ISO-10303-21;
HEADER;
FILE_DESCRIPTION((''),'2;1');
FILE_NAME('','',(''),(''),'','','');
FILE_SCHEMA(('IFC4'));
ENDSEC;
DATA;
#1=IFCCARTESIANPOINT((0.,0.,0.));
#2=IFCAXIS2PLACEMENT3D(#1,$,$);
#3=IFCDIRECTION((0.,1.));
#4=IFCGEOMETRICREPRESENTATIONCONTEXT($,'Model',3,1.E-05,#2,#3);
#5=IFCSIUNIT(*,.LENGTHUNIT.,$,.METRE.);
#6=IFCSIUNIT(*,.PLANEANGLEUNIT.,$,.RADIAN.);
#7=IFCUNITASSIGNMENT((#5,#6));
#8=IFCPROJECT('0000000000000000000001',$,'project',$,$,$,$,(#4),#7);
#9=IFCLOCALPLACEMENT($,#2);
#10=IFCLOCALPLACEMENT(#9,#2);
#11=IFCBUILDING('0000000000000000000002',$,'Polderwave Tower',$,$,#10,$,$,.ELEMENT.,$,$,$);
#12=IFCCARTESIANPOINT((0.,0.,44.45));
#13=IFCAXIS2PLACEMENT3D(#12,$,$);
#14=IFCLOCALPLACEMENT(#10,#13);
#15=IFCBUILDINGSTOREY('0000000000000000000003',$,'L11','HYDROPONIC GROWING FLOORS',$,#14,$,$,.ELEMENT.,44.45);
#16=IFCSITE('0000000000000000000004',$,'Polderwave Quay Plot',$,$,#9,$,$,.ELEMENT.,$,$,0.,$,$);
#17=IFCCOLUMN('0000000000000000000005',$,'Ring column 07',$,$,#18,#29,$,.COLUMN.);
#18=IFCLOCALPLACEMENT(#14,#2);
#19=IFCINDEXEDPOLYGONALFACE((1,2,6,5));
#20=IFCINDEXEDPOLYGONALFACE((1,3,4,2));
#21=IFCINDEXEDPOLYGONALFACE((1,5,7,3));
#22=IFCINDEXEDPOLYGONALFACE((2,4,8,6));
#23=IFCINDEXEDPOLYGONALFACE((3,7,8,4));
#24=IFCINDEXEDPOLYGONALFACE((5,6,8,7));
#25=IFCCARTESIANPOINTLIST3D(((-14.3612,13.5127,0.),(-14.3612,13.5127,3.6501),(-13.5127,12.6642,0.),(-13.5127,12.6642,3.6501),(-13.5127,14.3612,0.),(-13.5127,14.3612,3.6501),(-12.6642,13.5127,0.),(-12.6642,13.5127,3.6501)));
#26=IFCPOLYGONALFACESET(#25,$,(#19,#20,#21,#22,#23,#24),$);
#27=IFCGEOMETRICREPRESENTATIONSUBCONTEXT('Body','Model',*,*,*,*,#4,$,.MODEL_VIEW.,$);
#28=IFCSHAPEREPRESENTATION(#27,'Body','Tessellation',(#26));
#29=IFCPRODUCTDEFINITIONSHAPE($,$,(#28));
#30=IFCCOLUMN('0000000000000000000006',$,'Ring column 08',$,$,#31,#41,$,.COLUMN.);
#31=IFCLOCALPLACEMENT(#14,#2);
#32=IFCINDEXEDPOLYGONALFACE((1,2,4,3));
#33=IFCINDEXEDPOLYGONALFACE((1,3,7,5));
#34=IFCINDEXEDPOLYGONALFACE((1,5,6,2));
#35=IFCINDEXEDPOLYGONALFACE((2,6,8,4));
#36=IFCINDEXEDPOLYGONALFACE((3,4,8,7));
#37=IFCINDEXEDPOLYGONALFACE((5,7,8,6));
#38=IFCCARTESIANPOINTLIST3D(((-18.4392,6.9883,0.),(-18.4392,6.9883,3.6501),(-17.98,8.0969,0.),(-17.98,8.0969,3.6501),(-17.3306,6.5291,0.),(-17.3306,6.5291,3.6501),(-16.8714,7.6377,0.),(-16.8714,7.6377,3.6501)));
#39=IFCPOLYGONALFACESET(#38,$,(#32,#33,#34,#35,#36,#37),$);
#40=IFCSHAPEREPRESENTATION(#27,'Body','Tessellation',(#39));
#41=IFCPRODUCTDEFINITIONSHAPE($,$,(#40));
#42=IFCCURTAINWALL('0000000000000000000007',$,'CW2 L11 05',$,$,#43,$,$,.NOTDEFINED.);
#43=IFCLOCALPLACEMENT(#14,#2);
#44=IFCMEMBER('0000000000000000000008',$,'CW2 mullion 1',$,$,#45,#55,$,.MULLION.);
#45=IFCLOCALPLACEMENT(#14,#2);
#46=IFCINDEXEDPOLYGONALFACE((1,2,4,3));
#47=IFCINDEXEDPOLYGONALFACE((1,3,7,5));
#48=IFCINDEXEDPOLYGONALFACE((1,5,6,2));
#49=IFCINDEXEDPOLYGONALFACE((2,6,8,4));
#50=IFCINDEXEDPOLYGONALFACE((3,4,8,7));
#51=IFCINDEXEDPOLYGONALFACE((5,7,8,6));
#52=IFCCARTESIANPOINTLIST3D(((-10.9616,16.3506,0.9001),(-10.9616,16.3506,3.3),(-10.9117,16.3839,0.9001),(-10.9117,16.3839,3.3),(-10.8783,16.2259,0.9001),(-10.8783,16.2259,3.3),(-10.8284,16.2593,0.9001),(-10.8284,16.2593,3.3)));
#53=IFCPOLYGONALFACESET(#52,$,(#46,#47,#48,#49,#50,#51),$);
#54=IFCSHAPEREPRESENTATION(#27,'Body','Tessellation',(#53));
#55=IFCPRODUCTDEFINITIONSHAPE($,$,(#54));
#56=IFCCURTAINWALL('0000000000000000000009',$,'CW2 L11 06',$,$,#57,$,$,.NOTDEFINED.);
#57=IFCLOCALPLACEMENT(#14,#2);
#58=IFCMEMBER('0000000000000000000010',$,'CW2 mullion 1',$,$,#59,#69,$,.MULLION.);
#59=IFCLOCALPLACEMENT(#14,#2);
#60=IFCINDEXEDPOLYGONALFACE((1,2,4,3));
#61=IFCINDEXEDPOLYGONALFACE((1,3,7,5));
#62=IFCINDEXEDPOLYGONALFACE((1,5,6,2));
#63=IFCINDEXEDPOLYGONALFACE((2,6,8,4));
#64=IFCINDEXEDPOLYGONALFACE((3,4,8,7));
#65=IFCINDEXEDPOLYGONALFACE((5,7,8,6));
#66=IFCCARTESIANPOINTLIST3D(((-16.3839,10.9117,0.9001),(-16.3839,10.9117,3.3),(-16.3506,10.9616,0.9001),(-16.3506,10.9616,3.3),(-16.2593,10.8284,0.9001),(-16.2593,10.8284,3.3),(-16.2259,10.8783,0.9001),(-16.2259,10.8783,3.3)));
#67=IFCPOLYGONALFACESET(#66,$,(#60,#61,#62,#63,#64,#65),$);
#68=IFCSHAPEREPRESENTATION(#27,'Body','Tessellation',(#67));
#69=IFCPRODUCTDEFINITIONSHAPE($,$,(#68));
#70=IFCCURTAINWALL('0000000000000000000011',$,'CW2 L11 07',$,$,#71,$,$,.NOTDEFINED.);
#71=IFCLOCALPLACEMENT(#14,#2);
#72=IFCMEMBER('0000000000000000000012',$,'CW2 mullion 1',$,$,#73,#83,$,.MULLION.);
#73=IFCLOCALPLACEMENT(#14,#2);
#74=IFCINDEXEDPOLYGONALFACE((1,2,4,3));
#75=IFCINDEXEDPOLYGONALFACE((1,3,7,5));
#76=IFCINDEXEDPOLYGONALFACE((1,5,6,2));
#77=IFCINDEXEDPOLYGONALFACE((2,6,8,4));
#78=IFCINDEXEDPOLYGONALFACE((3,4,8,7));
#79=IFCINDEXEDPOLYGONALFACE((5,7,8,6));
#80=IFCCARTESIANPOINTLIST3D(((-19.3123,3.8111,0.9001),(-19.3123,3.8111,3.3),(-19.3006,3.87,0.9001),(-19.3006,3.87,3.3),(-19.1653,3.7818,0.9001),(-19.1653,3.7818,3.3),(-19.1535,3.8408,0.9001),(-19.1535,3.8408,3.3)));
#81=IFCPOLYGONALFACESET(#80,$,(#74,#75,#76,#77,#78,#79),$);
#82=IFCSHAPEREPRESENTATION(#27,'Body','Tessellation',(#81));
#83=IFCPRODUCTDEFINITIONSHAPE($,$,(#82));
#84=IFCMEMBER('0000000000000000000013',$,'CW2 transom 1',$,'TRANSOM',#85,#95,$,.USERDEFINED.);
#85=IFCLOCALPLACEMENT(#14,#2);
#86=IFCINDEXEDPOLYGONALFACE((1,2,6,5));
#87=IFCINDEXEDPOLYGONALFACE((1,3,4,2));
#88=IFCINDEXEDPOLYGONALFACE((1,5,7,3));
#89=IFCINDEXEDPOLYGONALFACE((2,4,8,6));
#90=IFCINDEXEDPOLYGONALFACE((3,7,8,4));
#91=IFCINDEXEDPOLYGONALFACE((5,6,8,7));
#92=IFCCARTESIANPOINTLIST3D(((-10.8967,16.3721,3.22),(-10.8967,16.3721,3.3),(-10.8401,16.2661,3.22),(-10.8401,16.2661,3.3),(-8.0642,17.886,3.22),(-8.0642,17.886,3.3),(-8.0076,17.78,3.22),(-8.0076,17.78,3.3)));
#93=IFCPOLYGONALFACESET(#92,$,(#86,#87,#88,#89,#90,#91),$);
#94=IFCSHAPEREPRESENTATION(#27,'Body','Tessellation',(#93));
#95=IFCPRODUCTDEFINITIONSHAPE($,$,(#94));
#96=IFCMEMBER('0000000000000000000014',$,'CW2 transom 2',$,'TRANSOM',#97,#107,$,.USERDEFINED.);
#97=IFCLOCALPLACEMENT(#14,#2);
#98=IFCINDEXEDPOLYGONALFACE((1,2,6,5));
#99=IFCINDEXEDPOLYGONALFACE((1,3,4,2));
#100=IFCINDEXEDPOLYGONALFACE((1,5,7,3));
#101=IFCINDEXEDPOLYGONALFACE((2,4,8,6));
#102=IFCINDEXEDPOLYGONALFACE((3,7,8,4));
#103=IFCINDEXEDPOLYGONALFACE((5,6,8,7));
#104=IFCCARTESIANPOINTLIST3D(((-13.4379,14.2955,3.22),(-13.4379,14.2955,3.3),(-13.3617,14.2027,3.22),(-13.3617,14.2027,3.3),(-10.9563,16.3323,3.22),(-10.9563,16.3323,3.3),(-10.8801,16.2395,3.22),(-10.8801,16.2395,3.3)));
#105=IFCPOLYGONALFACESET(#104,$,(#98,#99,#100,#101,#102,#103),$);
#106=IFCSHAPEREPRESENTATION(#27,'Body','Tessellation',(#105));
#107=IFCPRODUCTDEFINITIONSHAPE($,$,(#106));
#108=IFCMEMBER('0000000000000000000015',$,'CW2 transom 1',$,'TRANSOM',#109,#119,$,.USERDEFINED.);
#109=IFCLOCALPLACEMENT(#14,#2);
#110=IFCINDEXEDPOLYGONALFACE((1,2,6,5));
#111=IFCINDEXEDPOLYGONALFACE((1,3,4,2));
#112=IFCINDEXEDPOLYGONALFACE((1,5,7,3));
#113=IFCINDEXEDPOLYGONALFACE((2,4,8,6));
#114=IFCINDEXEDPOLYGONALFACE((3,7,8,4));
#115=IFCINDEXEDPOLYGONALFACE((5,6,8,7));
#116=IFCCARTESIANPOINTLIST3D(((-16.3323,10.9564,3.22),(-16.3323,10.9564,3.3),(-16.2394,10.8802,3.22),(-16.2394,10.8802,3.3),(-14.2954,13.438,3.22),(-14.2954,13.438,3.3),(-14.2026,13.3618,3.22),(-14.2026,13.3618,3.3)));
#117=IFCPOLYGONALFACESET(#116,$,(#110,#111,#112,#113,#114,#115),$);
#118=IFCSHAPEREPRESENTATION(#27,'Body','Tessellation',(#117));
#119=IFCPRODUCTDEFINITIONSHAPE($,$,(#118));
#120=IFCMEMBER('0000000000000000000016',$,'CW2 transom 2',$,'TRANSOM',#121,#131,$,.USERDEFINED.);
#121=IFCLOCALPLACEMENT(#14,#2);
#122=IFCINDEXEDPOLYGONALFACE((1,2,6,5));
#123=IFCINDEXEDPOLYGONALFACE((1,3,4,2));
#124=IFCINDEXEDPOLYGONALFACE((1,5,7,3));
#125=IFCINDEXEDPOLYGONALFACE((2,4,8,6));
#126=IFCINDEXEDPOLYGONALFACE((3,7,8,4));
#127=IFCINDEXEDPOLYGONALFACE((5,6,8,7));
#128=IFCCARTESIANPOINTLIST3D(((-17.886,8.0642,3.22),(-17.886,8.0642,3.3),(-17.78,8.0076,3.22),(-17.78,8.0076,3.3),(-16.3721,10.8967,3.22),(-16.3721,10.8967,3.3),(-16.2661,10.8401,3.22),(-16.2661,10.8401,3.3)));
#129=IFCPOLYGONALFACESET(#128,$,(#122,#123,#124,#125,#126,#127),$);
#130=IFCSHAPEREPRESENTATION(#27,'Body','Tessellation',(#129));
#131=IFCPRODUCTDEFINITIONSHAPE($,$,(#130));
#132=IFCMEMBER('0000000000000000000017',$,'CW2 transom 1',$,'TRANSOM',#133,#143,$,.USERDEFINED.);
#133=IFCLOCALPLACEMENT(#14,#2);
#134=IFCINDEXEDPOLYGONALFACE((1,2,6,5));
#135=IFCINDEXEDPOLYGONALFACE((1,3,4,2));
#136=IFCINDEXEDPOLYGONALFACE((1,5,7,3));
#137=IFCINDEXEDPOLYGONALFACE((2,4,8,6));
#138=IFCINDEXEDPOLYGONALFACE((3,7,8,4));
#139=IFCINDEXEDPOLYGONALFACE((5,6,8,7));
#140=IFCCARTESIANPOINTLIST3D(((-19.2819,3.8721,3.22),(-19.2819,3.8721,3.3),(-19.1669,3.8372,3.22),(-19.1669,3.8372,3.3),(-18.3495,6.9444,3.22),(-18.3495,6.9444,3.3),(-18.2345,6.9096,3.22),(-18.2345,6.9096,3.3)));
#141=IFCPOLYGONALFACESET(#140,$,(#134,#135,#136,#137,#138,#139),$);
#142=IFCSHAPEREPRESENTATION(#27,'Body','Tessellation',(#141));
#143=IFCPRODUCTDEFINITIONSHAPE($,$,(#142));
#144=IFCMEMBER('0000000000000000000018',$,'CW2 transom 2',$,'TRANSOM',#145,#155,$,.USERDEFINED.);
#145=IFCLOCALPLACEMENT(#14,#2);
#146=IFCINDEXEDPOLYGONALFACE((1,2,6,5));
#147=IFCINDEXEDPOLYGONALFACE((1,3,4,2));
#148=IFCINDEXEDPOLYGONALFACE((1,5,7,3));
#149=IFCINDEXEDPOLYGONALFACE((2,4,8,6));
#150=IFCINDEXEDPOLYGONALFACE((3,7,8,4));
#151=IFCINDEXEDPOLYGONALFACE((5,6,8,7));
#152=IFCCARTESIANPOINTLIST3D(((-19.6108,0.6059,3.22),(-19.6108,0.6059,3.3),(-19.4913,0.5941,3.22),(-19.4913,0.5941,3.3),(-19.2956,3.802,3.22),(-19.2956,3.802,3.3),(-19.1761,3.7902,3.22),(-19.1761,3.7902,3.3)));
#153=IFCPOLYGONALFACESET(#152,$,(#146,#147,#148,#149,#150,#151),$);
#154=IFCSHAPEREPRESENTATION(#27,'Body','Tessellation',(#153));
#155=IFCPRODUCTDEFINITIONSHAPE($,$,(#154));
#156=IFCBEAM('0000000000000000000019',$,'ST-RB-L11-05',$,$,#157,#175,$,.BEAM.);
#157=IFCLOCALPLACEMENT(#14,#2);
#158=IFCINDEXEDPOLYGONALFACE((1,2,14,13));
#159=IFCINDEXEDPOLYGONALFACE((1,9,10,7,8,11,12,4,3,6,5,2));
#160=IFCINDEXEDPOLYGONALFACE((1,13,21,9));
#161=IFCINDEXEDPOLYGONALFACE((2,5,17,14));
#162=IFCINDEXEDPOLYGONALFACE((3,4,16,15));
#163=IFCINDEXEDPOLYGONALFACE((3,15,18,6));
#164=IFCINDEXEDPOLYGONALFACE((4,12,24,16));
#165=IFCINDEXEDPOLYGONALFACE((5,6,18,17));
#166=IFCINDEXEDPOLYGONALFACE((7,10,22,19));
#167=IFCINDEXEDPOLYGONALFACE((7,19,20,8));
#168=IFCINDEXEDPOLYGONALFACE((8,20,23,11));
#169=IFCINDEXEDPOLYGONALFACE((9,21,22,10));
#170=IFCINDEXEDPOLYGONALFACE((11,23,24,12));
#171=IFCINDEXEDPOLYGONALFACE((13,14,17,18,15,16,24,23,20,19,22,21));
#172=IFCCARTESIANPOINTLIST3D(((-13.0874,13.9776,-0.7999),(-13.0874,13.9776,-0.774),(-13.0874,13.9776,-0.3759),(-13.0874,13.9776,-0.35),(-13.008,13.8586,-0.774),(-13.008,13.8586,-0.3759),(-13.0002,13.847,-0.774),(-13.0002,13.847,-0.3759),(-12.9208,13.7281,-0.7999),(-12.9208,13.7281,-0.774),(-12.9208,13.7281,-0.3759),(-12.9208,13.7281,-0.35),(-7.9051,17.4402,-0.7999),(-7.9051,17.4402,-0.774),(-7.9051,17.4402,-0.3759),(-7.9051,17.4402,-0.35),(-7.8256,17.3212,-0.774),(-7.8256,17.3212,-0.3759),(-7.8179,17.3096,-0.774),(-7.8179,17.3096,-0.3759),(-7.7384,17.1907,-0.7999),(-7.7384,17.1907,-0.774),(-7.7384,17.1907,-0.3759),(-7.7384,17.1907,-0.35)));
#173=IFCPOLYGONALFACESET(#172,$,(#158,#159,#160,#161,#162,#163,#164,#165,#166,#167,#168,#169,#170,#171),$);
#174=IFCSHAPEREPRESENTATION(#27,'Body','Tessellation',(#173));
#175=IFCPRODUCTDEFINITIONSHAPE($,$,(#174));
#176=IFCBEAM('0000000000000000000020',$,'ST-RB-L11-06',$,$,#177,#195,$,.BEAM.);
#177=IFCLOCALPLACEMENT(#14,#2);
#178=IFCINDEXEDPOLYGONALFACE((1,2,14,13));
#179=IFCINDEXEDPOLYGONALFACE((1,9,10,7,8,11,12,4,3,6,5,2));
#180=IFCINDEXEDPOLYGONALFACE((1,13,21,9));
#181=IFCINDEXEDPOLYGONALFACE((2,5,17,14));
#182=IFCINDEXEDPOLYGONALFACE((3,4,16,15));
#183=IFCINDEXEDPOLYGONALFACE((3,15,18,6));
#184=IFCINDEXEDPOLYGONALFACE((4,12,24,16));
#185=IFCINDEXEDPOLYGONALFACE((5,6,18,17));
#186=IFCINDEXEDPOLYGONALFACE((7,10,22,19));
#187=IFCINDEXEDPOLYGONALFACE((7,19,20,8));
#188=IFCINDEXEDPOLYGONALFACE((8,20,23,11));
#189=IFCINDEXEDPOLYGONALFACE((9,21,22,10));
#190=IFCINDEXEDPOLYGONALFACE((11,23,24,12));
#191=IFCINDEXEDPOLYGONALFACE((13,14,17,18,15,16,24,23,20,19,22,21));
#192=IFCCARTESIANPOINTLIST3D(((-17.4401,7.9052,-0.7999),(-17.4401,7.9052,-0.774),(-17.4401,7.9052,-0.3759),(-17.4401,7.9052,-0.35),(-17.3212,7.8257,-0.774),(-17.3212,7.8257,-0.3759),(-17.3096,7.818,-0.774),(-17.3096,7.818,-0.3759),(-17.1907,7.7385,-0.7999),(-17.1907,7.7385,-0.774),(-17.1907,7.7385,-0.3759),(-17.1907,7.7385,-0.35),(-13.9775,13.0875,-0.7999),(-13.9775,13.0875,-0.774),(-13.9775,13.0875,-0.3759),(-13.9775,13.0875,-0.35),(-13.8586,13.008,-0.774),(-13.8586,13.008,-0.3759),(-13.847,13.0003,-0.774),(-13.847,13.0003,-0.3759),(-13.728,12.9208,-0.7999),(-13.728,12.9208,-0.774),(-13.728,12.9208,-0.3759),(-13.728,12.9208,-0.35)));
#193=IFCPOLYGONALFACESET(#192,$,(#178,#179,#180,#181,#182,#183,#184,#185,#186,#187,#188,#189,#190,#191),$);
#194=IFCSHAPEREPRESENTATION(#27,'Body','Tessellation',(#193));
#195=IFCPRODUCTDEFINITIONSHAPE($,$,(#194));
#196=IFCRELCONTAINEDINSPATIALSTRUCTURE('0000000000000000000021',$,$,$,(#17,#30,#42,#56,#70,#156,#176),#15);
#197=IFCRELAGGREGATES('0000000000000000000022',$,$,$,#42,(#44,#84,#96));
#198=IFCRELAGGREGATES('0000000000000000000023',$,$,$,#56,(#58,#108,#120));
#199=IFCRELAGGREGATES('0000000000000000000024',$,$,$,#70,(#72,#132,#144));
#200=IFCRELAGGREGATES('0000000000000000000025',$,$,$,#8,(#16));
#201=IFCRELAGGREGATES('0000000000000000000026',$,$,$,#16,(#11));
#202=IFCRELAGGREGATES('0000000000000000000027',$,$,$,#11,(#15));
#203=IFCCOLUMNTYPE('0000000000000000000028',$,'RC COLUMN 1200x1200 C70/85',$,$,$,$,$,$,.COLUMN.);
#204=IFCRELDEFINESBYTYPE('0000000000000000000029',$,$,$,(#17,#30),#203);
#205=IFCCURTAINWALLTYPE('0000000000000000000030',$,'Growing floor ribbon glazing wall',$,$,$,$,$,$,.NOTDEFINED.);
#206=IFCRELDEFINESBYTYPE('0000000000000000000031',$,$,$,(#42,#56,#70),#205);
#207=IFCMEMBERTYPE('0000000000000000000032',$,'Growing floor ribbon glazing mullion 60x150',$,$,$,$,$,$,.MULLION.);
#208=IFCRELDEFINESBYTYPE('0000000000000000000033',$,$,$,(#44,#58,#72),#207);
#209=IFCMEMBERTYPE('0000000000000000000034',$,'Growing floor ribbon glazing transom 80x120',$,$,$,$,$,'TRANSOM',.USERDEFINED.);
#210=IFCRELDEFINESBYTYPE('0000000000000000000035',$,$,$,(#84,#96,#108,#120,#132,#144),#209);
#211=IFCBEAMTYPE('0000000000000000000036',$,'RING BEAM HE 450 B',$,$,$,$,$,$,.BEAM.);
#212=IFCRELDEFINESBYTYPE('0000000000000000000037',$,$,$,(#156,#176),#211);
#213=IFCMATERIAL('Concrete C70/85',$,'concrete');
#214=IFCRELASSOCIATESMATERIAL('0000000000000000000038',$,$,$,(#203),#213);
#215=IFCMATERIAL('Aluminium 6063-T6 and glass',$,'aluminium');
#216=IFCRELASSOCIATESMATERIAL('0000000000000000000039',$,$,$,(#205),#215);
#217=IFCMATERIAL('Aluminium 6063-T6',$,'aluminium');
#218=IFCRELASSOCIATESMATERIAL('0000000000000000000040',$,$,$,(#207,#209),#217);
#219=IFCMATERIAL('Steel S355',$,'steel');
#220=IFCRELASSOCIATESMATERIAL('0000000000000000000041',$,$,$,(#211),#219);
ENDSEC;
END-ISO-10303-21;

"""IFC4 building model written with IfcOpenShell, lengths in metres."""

from ifc_helpers import new_model, si_unit, direction, frame, origin, origin_2d, place, context, subcontext, project, spatial, rectangle, i_section, extrude, material, material_profile, profile_set, type_object, element, aggregate, save


model = new_model("IFC4")

# Units and contexts
model_context = context("Model", 3, precision=1e-05, world=origin(), true_north=direction((0.0, 1.0)))
body_context = subcontext(model_context, "Body", "Model", "MODEL_VIEW")
ifc_project = project(units=[si_unit("LENGTHUNIT", "METRE"), si_unit("PLANEANGLEUNIT", "RADIAN")], contexts=[model_context])

# Site, building, storey
site_placement = place(None, origin())
site = spatial("IfcSite", under=ifc_project, at=site_placement, Name="Polderwave Quay Plot", CompositionType="ELEMENT", RefElevation=0.0)
building_placement = place(site_placement, origin())
building = spatial("IfcBuilding", under=site, at=building_placement, Name="Polderwave Tower", CompositionType="ELEMENT")
storey_placement = place(building_placement, frame((0.0, 0.0, 44.45)))
storey = spatial("IfcBuildingStorey", under=building, at=storey_placement, Name="L11", Description="HYDROPONIC GROWING FLOORS", CompositionType="ELEMENT", Elevation=44.45)

# Columns
ifc_material_1 = material(Name="Concrete C70/85", Category="concrete")
ifc_material_profile_1 = material_profile(ifc_material_1, rectangle(XDim=1.2, YDim=1.2, at=origin_2d()), Name="RC 1200x1200")
ifc_profile_set_1 = profile_set([ifc_material_profile_1], Name="Concrete C70/85")
column_type = type_object("IfcColumnType", Name="RC COLUMN 1200x1200 C70/85", PredefinedType="COLUMN", material=ifc_profile_set_1)
for number, where, z_axis, x_axis, name in (
    (1, (-13.5127, 13.5127, 0.0), (0.0, 0.0, 1.0), (-0.707107, 0.707107, 0.0), "Ring column 07"),
    (2, (-17.6553, 7.313, 0.0), (0.0, 0.0, 1.0), (-0.92388, 0.382683, 0.0), "Ring column 08"),
):
    element("IfcColumn", number, at=place(storey_placement, frame(where, z_axis=z_axis, x_axis=x_axis)), inside=storey, type_object=column_type, Name=name, PredefinedType="COLUMN", context=body_context, shape_type="SweptSolid", body=[
        extrude(rectangle(XDim=1.2, YDim=1.2, at=origin_2d()), origin(), (0.0, 0.0, 1.0), 3.6501),
    ])

# Curtain walls, members
ifc_material_2 = material(Name="Aluminium 6063-T6 and glass", Category="aluminium")
curtain_wall_type = type_object("IfcCurtainWallType", Name="Growing floor ribbon glazing wall", PredefinedType="NOTDEFINED", material=ifc_material_2)
curtain_wall_1_placement = place(storey_placement, origin())
curtain_wall_1 = element("IfcCurtainWall", 3, at=curtain_wall_1_placement, inside=storey, type_object=curtain_wall_type, Name="CW2 L11 05", PredefinedType="NOTDEFINED")
ifc_material_3 = material(Name="Aluminium 6063-T6", Category="aluminium")
ifc_material_profile_2 = material_profile(ifc_material_3, rectangle(XDim=0.1499, YDim=0.0601, at=origin_2d()), Name="AL 60x150")
ifc_profile_set_2 = profile_set([ifc_material_profile_2], Name="Aluminium 6063-T6")
member_type_1 = type_object("IfcMemberType", Name="Growing floor ribbon glazing mullion 60x150", PredefinedType="MULLION", material=ifc_profile_set_2)
member_1_placement = place(storey_placement, frame((-10.895, 16.3049, 0.9001), z_axis=(0.0, 0.0, 1.0), x_axis=(0.555572, -0.831469, 0.0)))
member_1 = element("IfcMember", 4, at=member_1_placement, type_object=member_type_1, Name="CW2 mullion 1", PredefinedType="MULLION", context=body_context, shape_type="SweptSolid", body=[
    extrude(rectangle(XDim=0.1499, YDim=0.0601, at=origin_2d()), origin(), (0.0, 0.0, 1.0), 2.3999),
])
curtain_wall_2_placement = place(storey_placement, origin())
curtain_wall_2 = element("IfcCurtainWall", 5, at=curtain_wall_2_placement, inside=storey, type_object=curtain_wall_type, Name="CW2 L11 06", PredefinedType="NOTDEFINED")
member_2_placement = place(storey_placement, frame((-16.3049, 10.895, 0.9001), z_axis=(0.0, 0.0, 1.0), x_axis=(0.831469, -0.555572, 0.0)))
member_2 = element("IfcMember", 6, at=member_2_placement, type_object=member_type_1, Name="CW2 mullion 1", PredefinedType="MULLION", context=body_context, shape_type="SweptSolid", body=[
    extrude(rectangle(XDim=0.1499, YDim=0.0601, at=origin_2d()), origin(), (0.0, 0.0, 1.0), 2.3999),
])
curtain_wall_3_placement = place(storey_placement, origin())
curtain_wall_3 = element("IfcCurtainWall", 7, at=curtain_wall_3_placement, inside=storey, type_object=curtain_wall_type, Name="CW2 L11 07", PredefinedType="NOTDEFINED")
member_3_placement = place(storey_placement, frame((-19.2329, 3.8259, 0.9001), z_axis=(0.0, 0.0, 1.0), x_axis=(0.980768, -0.195178, 0.0)))
member_3 = element("IfcMember", 8, at=member_3_placement, type_object=member_type_1, Name="CW2 mullion 1", PredefinedType="MULLION", context=body_context, shape_type="SweptSolid", body=[
    extrude(rectangle(XDim=0.1499, YDim=0.0601, at=origin_2d()), origin(), (0.0, 0.0, 1.0), 2.3999),
])

# Members
ifc_material_profile_3 = material_profile(ifc_material_3, rectangle(XDim=0.1201, YDim=0.0801, at=origin_2d()), Name="AL 80x120")
ifc_profile_set_3 = profile_set([ifc_material_profile_3], Name="Aluminium 6063-T6")
member_type_2 = type_object("IfcMemberType", Name="Growing floor ribbon glazing transom 80x120", ElementType="TRANSOM", PredefinedType="USERDEFINED", material=ifc_profile_set_3)
member_4_placement = place(storey_placement, frame((-8.0359, 17.833, 3.26), z_axis=(-0.881934, -0.471373, 0.0), x_axis=(0.471373, -0.881934, 0.0)))
member_4 = element("IfcMember", 9, at=member_4_placement, type_object=member_type_2, Name="CW2 transom 1", ObjectType="TRANSOM", PredefinedType="USERDEFINED", context=body_context, shape_type="SweptSolid", body=[
    extrude(rectangle(XDim=0.1201, YDim=0.0801, at=origin_2d()), origin(), (0.0, 0.0, 1.0), 3.2117),
])
member_5_placement = place(storey_placement, frame((-10.9182, 16.2859, 3.26), z_axis=(-0.772981, -0.63443, 0.0), x_axis=(0.63443, -0.772981, 0.0)))
member_5 = element("IfcMember", 10, at=member_5_placement, type_object=member_type_2, Name="CW2 transom 2", ObjectType="TRANSOM", PredefinedType="USERDEFINED", context=body_context, shape_type="SweptSolid", body=[
    extrude(rectangle(XDim=0.1201, YDim=0.0801, at=origin_2d()), origin(), (0.0, 0.0, 1.0), 3.2104),
])
member_6_placement = place(storey_placement, frame((-14.249, 13.3999, 3.26), z_axis=(-0.63443, -0.772981, 0.0), x_axis=(0.772981, -0.63443, 0.0)))
member_6 = element("IfcMember", 11, at=member_6_placement, type_object=member_type_2, Name="CW2 transom 1", ObjectType="TRANSOM", PredefinedType="USERDEFINED", context=body_context, shape_type="SweptSolid", body=[
    extrude(rectangle(XDim=0.1201, YDim=0.0801, at=origin_2d()), origin(), (0.0, 0.0, 1.0), 3.2104),
])
member_7_placement = place(storey_placement, frame((-16.3191, 10.8684, 3.26), z_axis=(-0.471373, -0.881934, 0.0), x_axis=(0.881934, -0.471373, 0.0)))
member_7 = element("IfcMember", 12, at=member_7_placement, type_object=member_type_2, Name="CW2 transom 2", ObjectType="TRANSOM", PredefinedType="USERDEFINED", context=body_context, shape_type="SweptSolid", body=[
    extrude(rectangle(XDim=0.1201, YDim=0.0801, at=origin_2d()), origin(), (0.0, 0.0, 1.0), 3.2117),
])
member_8_placement = place(storey_placement, frame((-18.292, 6.927, 3.26), z_axis=(-0.290402, -0.956905, 0.0), x_axis=(0.956905, -0.290402, 0.0)))
member_8 = element("IfcMember", 13, at=member_8_placement, type_object=member_type_2, Name="CW2 transom 1", ObjectType="TRANSOM", PredefinedType="USERDEFINED", context=body_context, shape_type="SweptSolid", body=[
    extrude(rectangle(XDim=0.1201, YDim=0.0801, at=origin_2d()), origin(), (0.0, 0.0, 1.0), 3.2107),
])
member_9_placement = place(storey_placement, frame((-19.2358, 3.7961, 3.26), z_axis=(-0.098141, -0.995172, 0.0), x_axis=(0.995172, -0.098141, 0.0)))
member_9 = element("IfcMember", 14, at=member_9_placement, type_object=member_type_2, Name="CW2 transom 2", ObjectType="TRANSOM", PredefinedType="USERDEFINED", context=body_context, shape_type="SweptSolid", body=[
    extrude(rectangle(XDim=0.1201, YDim=0.0801, at=origin_2d()), origin(), (0.0, 0.0, 1.0), 3.2117),
])

# Beams
ifc_material_4 = material(Name="Steel S355", Category="steel")
ifc_material_profile_4 = material_profile(ifc_material_4, i_section(OverallWidth=0.3, OverallDepth=0.45, WebThickness=0.0139, FlangeThickness=0.0259, at=origin_2d()), Name="HE 450 B")
ifc_profile_set_4 = profile_set([ifc_material_profile_4], Name="Steel S355")
beam_type = type_object("IfcBeamType", Name="RING BEAM HE 450 B", PredefinedType="BEAM", material=ifc_profile_set_4)
for number, where, z_axis, x_axis, name in (
    (15, (-7.8218, 17.3154, -0.575), (-0.831477, -0.555559, 0.0), (0.555559, -0.831477, 0.0), "ST-RB-L11-05"),
    (16, (-13.8528, 13.0042, -0.575), (-0.555559, -0.831477, 0.0), (0.831477, -0.555559, 0.0), "ST-RB-L11-06"),
):
    element("IfcBeam", number, at=place(storey_placement, frame(where, z_axis=z_axis, x_axis=x_axis)), inside=storey, type_object=beam_type, Name=name, PredefinedType="BEAM", context=body_context, shape_type="SweptSolid", body=[
        extrude(i_section(OverallWidth=0.3, OverallDepth=0.45, WebThickness=0.0139, FlangeThickness=0.0259, at=origin_2d()), origin(), (0.0, 0.0, 1.0), 6.2327),
    ])

aggregate(curtain_wall_1, [member_1, member_4, member_5])
aggregate(curtain_wall_2, [member_2, member_6, member_7])
aggregate(curtain_wall_3, [member_3, member_8, member_9])

save(model, "model.ifc")
